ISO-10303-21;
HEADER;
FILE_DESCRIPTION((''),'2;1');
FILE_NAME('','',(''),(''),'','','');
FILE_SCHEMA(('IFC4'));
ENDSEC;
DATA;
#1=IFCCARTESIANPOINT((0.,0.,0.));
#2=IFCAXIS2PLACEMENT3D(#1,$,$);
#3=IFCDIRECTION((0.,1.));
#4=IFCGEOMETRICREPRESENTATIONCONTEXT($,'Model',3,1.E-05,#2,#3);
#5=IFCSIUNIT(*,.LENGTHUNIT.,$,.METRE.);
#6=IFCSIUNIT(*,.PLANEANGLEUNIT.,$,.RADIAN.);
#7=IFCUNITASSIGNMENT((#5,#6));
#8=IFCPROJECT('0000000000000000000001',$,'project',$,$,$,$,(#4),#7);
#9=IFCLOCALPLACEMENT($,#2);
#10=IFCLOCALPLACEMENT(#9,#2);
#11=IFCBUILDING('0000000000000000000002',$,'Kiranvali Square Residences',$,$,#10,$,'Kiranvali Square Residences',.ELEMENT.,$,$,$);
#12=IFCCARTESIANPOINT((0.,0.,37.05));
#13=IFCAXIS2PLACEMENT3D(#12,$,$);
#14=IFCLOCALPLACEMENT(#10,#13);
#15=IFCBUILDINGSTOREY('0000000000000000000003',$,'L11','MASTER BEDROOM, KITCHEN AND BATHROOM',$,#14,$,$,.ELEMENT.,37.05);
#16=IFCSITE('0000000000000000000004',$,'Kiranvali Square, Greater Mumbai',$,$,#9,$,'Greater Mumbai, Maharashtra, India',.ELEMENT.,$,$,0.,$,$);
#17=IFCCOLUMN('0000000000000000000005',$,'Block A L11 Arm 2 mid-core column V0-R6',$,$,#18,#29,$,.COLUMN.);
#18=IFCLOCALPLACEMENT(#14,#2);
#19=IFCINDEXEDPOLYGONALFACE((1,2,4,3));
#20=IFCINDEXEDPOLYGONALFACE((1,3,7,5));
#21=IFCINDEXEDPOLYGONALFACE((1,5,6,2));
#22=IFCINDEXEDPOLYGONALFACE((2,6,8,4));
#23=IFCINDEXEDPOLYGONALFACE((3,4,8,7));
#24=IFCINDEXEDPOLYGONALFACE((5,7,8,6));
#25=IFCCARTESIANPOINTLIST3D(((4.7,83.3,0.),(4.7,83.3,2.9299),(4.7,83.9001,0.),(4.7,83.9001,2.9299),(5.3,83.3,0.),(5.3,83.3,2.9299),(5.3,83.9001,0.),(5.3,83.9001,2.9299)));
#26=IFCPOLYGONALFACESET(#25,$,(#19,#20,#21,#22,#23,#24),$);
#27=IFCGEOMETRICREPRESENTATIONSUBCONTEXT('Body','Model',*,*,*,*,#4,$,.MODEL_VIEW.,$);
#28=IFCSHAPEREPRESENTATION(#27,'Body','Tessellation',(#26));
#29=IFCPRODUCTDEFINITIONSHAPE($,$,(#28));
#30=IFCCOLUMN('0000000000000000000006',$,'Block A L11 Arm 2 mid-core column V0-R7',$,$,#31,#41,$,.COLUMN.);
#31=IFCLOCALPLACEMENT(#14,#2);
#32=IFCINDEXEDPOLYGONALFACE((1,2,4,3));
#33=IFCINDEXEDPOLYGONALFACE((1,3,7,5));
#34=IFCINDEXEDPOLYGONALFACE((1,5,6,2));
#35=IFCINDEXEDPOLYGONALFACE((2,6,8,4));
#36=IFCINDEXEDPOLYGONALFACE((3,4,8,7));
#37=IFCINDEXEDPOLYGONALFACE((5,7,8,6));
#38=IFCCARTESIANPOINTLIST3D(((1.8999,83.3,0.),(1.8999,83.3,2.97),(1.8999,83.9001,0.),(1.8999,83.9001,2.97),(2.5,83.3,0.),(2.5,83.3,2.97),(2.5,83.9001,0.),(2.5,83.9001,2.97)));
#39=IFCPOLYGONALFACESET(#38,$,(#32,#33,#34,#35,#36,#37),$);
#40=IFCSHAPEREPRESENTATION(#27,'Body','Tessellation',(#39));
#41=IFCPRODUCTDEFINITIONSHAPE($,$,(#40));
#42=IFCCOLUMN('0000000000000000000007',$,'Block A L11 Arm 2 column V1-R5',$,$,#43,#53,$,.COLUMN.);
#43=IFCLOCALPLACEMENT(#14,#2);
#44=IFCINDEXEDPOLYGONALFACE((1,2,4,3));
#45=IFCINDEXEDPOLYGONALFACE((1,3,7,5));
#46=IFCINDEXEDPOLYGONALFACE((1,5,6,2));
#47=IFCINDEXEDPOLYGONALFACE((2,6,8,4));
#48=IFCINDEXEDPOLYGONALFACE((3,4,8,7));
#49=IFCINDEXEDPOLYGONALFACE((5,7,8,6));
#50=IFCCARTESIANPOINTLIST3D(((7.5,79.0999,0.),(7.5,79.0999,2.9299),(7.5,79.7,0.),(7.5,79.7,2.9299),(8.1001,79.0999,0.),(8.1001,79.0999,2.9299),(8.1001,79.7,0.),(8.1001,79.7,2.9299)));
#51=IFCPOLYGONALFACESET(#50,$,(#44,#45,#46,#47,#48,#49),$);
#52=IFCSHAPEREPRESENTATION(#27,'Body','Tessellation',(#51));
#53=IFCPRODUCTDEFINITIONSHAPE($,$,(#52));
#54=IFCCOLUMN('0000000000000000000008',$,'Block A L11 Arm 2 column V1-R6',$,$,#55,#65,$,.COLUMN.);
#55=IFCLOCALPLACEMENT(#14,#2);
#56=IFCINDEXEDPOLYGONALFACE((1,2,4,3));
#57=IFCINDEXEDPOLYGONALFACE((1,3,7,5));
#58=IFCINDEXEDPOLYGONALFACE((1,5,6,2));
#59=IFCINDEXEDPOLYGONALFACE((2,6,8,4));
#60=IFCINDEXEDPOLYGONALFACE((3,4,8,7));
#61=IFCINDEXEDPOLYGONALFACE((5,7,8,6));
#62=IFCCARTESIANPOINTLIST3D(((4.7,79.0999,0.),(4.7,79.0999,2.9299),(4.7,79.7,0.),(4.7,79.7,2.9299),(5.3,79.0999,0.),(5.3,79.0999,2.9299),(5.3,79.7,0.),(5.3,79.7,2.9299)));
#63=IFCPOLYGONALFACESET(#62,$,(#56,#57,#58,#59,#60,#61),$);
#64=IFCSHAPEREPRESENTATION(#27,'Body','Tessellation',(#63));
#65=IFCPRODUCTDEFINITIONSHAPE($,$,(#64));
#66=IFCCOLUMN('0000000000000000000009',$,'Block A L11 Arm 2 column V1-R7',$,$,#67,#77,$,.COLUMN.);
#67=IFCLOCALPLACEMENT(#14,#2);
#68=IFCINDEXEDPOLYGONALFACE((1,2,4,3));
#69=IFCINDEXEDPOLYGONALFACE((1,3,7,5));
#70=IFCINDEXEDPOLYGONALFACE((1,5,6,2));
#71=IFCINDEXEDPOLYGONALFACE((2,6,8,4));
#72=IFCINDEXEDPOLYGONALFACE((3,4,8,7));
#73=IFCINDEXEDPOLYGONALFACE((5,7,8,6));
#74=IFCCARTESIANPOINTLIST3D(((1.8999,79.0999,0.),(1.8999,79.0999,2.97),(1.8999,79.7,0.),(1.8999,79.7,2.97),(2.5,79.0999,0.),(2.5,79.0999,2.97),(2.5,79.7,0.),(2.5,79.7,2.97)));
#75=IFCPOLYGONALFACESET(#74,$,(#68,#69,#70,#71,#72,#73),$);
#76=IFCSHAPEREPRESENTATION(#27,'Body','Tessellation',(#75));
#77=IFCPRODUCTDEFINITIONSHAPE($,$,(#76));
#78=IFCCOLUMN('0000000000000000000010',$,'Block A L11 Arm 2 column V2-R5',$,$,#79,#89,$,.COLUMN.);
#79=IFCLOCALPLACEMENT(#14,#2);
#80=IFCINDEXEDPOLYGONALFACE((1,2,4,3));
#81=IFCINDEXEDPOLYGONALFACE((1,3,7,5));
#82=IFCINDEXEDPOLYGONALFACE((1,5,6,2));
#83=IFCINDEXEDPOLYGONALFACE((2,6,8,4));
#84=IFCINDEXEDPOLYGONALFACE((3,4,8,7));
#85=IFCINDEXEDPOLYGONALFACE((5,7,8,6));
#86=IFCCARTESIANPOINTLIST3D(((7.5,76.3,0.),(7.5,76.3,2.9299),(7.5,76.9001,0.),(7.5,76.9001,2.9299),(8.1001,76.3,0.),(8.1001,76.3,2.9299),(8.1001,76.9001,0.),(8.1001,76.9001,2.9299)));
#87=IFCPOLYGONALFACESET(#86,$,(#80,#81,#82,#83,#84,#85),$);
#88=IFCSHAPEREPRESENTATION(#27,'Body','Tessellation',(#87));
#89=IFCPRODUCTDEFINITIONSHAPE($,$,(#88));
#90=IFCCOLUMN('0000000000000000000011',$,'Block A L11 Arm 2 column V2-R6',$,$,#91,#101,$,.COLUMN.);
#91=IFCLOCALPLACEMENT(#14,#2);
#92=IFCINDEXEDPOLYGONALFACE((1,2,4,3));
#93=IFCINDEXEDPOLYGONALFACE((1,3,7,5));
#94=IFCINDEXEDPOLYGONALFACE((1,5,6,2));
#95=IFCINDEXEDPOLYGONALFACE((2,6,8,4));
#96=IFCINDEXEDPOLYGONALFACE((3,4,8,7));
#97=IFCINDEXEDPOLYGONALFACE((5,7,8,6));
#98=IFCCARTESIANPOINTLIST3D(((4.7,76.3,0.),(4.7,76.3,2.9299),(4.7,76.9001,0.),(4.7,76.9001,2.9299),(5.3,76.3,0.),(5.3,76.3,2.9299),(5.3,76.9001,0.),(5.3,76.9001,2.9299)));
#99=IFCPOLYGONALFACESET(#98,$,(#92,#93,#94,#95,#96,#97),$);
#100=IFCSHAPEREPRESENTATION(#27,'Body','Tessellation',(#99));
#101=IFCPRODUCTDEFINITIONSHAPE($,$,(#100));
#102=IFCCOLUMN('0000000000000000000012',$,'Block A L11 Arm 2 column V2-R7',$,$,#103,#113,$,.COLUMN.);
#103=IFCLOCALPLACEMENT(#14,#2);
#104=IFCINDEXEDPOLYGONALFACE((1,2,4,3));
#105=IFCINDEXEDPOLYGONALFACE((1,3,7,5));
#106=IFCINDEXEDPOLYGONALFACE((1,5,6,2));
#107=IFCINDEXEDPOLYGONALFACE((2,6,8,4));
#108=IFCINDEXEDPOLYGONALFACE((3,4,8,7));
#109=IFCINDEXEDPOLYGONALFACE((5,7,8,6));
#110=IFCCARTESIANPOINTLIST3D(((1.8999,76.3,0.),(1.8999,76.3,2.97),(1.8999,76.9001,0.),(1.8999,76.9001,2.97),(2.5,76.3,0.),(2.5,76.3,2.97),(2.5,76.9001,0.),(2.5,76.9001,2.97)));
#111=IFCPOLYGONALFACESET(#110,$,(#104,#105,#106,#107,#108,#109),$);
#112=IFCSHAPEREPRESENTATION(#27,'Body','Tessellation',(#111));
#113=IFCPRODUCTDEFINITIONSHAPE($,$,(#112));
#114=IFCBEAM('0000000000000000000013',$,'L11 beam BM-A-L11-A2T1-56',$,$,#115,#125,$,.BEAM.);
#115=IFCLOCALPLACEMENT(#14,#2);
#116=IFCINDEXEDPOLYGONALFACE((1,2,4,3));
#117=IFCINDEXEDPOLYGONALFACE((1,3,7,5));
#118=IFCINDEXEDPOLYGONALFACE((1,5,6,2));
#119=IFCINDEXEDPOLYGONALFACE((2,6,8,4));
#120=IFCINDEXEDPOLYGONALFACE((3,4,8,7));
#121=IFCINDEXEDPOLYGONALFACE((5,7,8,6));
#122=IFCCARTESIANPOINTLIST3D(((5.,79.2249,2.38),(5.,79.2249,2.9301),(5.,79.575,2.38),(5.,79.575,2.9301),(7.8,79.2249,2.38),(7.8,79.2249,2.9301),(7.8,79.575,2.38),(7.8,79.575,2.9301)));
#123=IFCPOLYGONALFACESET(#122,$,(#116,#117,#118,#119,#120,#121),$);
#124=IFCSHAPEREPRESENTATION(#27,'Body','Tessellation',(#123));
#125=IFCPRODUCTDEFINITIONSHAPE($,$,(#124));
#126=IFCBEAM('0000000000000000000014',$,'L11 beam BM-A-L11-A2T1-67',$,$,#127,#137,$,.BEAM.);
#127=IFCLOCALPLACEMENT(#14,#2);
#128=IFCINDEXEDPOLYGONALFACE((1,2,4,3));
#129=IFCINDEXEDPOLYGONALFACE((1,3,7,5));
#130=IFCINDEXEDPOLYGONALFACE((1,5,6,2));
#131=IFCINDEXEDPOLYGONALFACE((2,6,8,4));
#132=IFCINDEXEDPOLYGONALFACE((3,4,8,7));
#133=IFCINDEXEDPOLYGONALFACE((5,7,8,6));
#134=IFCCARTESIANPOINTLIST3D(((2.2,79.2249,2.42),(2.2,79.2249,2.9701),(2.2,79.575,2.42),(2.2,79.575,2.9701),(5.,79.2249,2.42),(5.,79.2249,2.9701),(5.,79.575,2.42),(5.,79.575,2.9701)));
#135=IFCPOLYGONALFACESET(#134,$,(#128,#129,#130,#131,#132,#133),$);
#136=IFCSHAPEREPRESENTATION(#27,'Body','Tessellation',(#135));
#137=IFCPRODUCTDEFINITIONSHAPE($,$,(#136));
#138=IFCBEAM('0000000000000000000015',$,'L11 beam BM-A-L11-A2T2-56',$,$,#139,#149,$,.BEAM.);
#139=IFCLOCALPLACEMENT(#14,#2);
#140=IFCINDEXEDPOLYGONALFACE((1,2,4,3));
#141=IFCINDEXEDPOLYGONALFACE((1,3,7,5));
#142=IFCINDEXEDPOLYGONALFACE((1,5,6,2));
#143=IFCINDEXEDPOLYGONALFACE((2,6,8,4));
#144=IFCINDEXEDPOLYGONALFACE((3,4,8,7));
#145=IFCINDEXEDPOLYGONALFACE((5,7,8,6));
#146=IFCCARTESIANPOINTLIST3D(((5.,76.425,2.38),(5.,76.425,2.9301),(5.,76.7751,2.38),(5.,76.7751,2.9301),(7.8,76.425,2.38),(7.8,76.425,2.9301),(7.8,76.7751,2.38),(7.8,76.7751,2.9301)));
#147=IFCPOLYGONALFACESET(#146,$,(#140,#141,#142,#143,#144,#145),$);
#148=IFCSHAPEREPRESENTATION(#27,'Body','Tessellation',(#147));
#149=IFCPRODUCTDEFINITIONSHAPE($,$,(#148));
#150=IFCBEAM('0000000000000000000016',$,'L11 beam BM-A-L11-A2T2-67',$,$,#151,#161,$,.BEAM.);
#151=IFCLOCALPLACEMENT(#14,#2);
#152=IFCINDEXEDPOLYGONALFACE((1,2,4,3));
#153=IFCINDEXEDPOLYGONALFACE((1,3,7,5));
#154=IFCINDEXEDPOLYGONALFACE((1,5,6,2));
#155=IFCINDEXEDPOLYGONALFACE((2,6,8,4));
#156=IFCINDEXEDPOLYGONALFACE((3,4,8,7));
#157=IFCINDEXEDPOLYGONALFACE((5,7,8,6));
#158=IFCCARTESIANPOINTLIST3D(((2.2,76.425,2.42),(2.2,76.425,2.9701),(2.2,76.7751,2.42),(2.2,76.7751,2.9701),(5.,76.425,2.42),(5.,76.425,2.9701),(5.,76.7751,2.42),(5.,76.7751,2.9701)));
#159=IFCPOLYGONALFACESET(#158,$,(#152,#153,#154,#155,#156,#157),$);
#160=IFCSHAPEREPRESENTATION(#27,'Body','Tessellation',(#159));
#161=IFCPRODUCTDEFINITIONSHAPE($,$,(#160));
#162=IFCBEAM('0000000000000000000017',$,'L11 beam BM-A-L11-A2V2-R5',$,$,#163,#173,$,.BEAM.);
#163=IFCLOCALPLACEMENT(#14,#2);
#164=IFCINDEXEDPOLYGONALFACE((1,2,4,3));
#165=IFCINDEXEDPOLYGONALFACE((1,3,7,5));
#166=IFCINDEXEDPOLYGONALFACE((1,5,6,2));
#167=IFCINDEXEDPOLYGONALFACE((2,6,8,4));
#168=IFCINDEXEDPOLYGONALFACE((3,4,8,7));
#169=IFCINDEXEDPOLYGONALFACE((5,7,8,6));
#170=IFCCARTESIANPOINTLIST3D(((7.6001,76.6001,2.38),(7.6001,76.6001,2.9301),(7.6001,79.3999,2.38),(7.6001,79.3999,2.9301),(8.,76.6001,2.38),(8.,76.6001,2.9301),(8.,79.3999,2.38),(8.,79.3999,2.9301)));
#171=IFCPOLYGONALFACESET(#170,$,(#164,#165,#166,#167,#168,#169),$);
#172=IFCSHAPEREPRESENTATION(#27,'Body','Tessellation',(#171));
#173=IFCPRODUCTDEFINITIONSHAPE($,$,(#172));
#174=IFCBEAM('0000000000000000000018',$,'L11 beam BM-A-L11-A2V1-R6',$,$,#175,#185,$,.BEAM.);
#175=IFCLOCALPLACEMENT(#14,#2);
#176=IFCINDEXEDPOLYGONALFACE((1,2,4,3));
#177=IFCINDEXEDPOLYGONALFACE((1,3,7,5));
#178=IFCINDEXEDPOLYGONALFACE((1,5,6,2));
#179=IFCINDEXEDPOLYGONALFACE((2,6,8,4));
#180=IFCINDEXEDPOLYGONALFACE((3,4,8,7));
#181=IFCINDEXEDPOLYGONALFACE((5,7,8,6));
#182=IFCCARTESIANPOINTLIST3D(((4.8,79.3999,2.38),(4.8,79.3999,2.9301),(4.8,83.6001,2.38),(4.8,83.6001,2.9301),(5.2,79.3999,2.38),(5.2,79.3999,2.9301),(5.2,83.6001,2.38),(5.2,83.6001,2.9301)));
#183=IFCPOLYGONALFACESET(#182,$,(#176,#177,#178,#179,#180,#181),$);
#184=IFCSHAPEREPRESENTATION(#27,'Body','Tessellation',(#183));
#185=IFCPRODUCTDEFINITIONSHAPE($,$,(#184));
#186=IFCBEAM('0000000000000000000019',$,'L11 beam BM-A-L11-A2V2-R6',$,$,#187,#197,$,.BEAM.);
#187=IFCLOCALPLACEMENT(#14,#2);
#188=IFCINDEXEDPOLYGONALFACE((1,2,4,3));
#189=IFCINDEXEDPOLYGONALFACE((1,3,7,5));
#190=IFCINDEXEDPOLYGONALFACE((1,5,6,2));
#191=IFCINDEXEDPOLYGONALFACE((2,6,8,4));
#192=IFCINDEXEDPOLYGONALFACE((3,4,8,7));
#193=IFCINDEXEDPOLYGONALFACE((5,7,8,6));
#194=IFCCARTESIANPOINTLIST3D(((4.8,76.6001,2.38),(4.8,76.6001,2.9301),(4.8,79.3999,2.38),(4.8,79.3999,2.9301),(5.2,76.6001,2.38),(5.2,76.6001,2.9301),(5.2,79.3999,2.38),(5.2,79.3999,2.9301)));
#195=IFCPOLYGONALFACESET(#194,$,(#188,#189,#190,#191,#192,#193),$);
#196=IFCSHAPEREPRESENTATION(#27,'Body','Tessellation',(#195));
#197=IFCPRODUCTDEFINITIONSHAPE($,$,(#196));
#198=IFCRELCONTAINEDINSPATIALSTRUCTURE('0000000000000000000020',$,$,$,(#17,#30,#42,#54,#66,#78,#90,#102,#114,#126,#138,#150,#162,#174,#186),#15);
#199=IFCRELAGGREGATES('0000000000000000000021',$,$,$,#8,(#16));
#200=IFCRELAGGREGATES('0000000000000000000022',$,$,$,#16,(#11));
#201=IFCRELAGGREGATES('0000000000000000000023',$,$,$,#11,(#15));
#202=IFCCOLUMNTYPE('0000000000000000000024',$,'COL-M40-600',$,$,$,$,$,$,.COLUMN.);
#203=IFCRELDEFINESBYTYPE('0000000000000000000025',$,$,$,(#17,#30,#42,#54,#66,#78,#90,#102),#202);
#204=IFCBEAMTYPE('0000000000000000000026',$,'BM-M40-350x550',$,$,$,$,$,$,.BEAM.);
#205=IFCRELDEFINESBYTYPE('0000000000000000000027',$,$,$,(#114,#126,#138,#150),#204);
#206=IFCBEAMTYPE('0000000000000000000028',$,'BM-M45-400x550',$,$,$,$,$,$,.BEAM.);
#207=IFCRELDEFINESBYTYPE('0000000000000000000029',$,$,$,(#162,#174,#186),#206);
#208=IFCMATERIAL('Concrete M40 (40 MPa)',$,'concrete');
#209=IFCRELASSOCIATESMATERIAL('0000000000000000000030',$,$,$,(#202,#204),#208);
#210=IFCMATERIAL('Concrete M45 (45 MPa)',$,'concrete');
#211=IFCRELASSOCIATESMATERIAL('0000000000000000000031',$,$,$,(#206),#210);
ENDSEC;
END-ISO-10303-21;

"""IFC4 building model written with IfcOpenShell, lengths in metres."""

from ifc_helpers import new_model, si_unit, direction, frame, origin, origin_2d, place, context, subcontext, project, spatial, rectangle, extrude, material, material_profile, profile_set, type_object, element, save


model = new_model("IFC4")

# Units and contexts
model_context = context("Model", 3, precision=1e-05, world=origin(), true_north=direction((0.0, 1.0)))
body_context = subcontext(model_context, "Body", "Model", "MODEL_VIEW")
ifc_project = project(units=[si_unit("LENGTHUNIT", "METRE"), si_unit("PLANEANGLEUNIT", "RADIAN")], contexts=[model_context])

# Site, building, storey
site_placement = place(None, origin())
site = spatial("IfcSite", under=ifc_project, at=site_placement, Name="Kiranvali Square, Greater Mumbai", LongName="Greater Mumbai, Maharashtra, India", CompositionType="ELEMENT", RefElevation=0.0)
building_placement = place(site_placement, origin())
building = spatial("IfcBuilding", under=site, at=building_placement, Name="Kiranvali Square Residences", LongName="Kiranvali Square Residences", CompositionType="ELEMENT")
storey_placement = place(building_placement, frame((0.0, 0.0, 37.05)))
storey = spatial("IfcBuildingStorey", under=building, at=storey_placement, Name="L11", Description="MASTER BEDROOM, KITCHEN AND BATHROOM", CompositionType="ELEMENT", Elevation=37.05)

# Columns
ifc_material_1 = material(Name="Concrete M40 (40 MPa)", Category="concrete")
ifc_material_profile_1 = material_profile(ifc_material_1, rectangle(XDim=0.6001, YDim=0.6001, at=origin_2d()), Name="RC 600x600")
ifc_profile_set_1 = profile_set([ifc_material_profile_1], Name="Concrete M40 (40 MPa)")
column_type = type_object("IfcColumnType", Name="COL-M40-600", PredefinedType="COLUMN", material=ifc_profile_set_1)
column_1_placement = place(storey_placement, frame((5.0, 83.6001, 0.0), z_axis=(0.0, 0.0, 1.0), x_axis=(1.0, 0.0, 0.0)))
element("IfcColumn", 1, at=column_1_placement, inside=storey, type_object=column_type, Name="Block A L11 Arm 2 mid-core column V0-R6", PredefinedType="COLUMN", context=body_context, shape_type="SweptSolid", body=[
    extrude(rectangle(XDim=0.6001, YDim=0.6001, at=origin_2d()), origin(), (0.0, 0.0, 1.0), 2.9299),
])
column_2_placement = place(storey_placement, frame((2.2, 83.6001, 0.0), z_axis=(0.0, 0.0, 1.0), x_axis=(1.0, 0.0, 0.0)))
element("IfcColumn", 2, at=column_2_placement, inside=storey, type_object=column_type, Name="Block A L11 Arm 2 mid-core column V0-R7", PredefinedType="COLUMN", context=body_context, shape_type="SweptSolid", body=[
    extrude(rectangle(XDim=0.6001, YDim=0.6001, at=origin_2d()), origin(), (0.0, 0.0, 1.0), 2.97),
])
for number, where, z_axis, x_axis, name in (
    (3, (7.8, 79.3999, 0.0), (0.0, 0.0, 1.0), (1.0, 0.0, 0.0), "Block A L11 Arm 2 column V1-R5"),
    (4, (5.0, 79.3999, 0.0), (0.0, 0.0, 1.0), (1.0, 0.0, 0.0), "Block A L11 Arm 2 column V1-R6"),
):
    element("IfcColumn", number, at=place(storey_placement, frame(where, z_axis=z_axis, x_axis=x_axis)), inside=storey, type_object=column_type, Name=name, PredefinedType="COLUMN", context=body_context, shape_type="SweptSolid", body=[
        extrude(rectangle(XDim=0.6001, YDim=0.6001, at=origin_2d()), origin(), (0.0, 0.0, 1.0), 2.9299),
    ])
column_3_placement = place(storey_placement, frame((2.2, 79.3999, 0.0), z_axis=(0.0, 0.0, 1.0), x_axis=(1.0, 0.0, 0.0)))
element("IfcColumn", 5, at=column_3_placement, inside=storey, type_object=column_type, Name="Block A L11 Arm 2 column V1-R7", PredefinedType="COLUMN", context=body_context, shape_type="SweptSolid", body=[
    extrude(rectangle(XDim=0.6001, YDim=0.6001, at=origin_2d()), origin(), (0.0, 0.0, 1.0), 2.97),
])
for number, where, z_axis, x_axis, name in (
    (6, (7.8, 76.6001, 0.0), (0.0, 0.0, 1.0), (1.0, 0.0, 0.0), "Block A L11 Arm 2 column V2-R5"),
    (7, (5.0, 76.6001, 0.0), (0.0, 0.0, 1.0), (1.0, 0.0, 0.0), "Block A L11 Arm 2 column V2-R6"),
):
    element("IfcColumn", number, at=place(storey_placement, frame(where, z_axis=z_axis, x_axis=x_axis)), inside=storey, type_object=column_type, Name=name, PredefinedType="COLUMN", context=body_context, shape_type="SweptSolid", body=[
        extrude(rectangle(XDim=0.6001, YDim=0.6001, at=origin_2d()), origin(), (0.0, 0.0, 1.0), 2.9299),
    ])
column_4_placement = place(storey_placement, frame((2.2, 76.6001, 0.0), z_axis=(0.0, 0.0, 1.0), x_axis=(1.0, 0.0, 0.0)))
element("IfcColumn", 8, at=column_4_placement, inside=storey, type_object=column_type, Name="Block A L11 Arm 2 column V2-R7", PredefinedType="COLUMN", context=body_context, shape_type="SweptSolid", body=[
    extrude(rectangle(XDim=0.6001, YDim=0.6001, at=origin_2d()), origin(), (0.0, 0.0, 1.0), 2.97),
])

# Beams
ifc_material_profile_2 = material_profile(ifc_material_1, rectangle(XDim=0.3501, YDim=0.55, at=origin_2d()), Name="RC 350x550")
ifc_profile_set_2 = profile_set([ifc_material_profile_2], Name="Concrete M40 (40 MPa)")
beam_type_1 = type_object("IfcBeamType", Name="BM-M40-350x550", PredefinedType="BEAM", material=ifc_profile_set_2)
for number, where, z_axis, x_axis, name in (
    (9, (7.8, 79.3999, 2.655), (-1.0, 0.0, 0.0), (0.0, -1.0, 0.0), "L11 beam BM-A-L11-A2T1-56"),
    (10, (5.0, 79.3999, 2.6951), (-1.0, 0.0, 0.0), (0.0, -1.0, 0.0), "L11 beam BM-A-L11-A2T1-67"),
    (11, (7.8, 76.6001, 2.655), (-1.0, 0.0, 0.0), (0.0, -1.0, 0.0), "L11 beam BM-A-L11-A2T2-56"),
    (12, (5.0, 76.6001, 2.6951), (-1.0, 0.0, 0.0), (0.0, -1.0, 0.0), "L11 beam BM-A-L11-A2T2-67"),
):
    element("IfcBeam", number, at=place(storey_placement, frame(where, z_axis=z_axis, x_axis=x_axis)), inside=storey, type_object=beam_type_1, Name=name, PredefinedType="BEAM", context=body_context, shape_type="SweptSolid", body=[
        extrude(rectangle(XDim=0.3501, YDim=0.55, at=origin_2d()), origin(), (0.0, 0.0, 1.0), 2.8),
    ])
ifc_material_2 = material(Name="Concrete M45 (45 MPa)", Category="concrete")
ifc_material_profile_3 = material_profile(ifc_material_2, rectangle(XDim=0.3999, YDim=0.55, at=origin_2d()), Name="RC 400x550")
ifc_profile_set_3 = profile_set([ifc_material_profile_3], Name="Concrete M45 (45 MPa)")
beam_type_2 = type_object("IfcBeamType", Name="BM-M45-400x550", PredefinedType="BEAM", material=ifc_profile_set_3)
beam_1_placement = place(storey_placement, frame((7.8, 79.3999, 2.655), z_axis=(0.0, -1.0, 0.0), x_axis=(1.0, 0.0, 0.0)))
element("IfcBeam", 13, at=beam_1_placement, inside=storey, type_object=beam_type_2, Name="L11 beam BM-A-L11-A2V2-R5", PredefinedType="BEAM", context=body_context, shape_type="SweptSolid", body=[
    extrude(rectangle(XDim=0.3999, YDim=0.55, at=origin_2d()), origin(), (0.0, 0.0, 1.0), 2.7998),
])
beam_2_placement = place(storey_placement, frame((5.0, 83.6001, 2.655), z_axis=(0.0, -1.0, 0.0), x_axis=(1.0, 0.0, 0.0)))
element("IfcBeam", 14, at=beam_2_placement, inside=storey, type_object=beam_type_2, Name="L11 beam BM-A-L11-A2V1-R6", PredefinedType="BEAM", context=body_context, shape_type="SweptSolid", body=[
    extrude(rectangle(XDim=0.3999, YDim=0.55, at=origin_2d()), origin(), (0.0, 0.0, 1.0), 4.2002),
])
beam_3_placement = place(storey_placement, frame((5.0, 79.3999, 2.655), z_axis=(0.0, -1.0, 0.0), x_axis=(1.0, 0.0, 0.0)))
element("IfcBeam", 15, at=beam_3_placement, inside=storey, type_object=beam_type_2, Name="L11 beam BM-A-L11-A2V2-R6", PredefinedType="BEAM", context=body_context, shape_type="SweptSolid", body=[
    extrude(rectangle(XDim=0.3999, YDim=0.55, at=origin_2d()), origin(), (0.0, 0.0, 1.0), 2.7998),
])

save(model, "model.ifc")
